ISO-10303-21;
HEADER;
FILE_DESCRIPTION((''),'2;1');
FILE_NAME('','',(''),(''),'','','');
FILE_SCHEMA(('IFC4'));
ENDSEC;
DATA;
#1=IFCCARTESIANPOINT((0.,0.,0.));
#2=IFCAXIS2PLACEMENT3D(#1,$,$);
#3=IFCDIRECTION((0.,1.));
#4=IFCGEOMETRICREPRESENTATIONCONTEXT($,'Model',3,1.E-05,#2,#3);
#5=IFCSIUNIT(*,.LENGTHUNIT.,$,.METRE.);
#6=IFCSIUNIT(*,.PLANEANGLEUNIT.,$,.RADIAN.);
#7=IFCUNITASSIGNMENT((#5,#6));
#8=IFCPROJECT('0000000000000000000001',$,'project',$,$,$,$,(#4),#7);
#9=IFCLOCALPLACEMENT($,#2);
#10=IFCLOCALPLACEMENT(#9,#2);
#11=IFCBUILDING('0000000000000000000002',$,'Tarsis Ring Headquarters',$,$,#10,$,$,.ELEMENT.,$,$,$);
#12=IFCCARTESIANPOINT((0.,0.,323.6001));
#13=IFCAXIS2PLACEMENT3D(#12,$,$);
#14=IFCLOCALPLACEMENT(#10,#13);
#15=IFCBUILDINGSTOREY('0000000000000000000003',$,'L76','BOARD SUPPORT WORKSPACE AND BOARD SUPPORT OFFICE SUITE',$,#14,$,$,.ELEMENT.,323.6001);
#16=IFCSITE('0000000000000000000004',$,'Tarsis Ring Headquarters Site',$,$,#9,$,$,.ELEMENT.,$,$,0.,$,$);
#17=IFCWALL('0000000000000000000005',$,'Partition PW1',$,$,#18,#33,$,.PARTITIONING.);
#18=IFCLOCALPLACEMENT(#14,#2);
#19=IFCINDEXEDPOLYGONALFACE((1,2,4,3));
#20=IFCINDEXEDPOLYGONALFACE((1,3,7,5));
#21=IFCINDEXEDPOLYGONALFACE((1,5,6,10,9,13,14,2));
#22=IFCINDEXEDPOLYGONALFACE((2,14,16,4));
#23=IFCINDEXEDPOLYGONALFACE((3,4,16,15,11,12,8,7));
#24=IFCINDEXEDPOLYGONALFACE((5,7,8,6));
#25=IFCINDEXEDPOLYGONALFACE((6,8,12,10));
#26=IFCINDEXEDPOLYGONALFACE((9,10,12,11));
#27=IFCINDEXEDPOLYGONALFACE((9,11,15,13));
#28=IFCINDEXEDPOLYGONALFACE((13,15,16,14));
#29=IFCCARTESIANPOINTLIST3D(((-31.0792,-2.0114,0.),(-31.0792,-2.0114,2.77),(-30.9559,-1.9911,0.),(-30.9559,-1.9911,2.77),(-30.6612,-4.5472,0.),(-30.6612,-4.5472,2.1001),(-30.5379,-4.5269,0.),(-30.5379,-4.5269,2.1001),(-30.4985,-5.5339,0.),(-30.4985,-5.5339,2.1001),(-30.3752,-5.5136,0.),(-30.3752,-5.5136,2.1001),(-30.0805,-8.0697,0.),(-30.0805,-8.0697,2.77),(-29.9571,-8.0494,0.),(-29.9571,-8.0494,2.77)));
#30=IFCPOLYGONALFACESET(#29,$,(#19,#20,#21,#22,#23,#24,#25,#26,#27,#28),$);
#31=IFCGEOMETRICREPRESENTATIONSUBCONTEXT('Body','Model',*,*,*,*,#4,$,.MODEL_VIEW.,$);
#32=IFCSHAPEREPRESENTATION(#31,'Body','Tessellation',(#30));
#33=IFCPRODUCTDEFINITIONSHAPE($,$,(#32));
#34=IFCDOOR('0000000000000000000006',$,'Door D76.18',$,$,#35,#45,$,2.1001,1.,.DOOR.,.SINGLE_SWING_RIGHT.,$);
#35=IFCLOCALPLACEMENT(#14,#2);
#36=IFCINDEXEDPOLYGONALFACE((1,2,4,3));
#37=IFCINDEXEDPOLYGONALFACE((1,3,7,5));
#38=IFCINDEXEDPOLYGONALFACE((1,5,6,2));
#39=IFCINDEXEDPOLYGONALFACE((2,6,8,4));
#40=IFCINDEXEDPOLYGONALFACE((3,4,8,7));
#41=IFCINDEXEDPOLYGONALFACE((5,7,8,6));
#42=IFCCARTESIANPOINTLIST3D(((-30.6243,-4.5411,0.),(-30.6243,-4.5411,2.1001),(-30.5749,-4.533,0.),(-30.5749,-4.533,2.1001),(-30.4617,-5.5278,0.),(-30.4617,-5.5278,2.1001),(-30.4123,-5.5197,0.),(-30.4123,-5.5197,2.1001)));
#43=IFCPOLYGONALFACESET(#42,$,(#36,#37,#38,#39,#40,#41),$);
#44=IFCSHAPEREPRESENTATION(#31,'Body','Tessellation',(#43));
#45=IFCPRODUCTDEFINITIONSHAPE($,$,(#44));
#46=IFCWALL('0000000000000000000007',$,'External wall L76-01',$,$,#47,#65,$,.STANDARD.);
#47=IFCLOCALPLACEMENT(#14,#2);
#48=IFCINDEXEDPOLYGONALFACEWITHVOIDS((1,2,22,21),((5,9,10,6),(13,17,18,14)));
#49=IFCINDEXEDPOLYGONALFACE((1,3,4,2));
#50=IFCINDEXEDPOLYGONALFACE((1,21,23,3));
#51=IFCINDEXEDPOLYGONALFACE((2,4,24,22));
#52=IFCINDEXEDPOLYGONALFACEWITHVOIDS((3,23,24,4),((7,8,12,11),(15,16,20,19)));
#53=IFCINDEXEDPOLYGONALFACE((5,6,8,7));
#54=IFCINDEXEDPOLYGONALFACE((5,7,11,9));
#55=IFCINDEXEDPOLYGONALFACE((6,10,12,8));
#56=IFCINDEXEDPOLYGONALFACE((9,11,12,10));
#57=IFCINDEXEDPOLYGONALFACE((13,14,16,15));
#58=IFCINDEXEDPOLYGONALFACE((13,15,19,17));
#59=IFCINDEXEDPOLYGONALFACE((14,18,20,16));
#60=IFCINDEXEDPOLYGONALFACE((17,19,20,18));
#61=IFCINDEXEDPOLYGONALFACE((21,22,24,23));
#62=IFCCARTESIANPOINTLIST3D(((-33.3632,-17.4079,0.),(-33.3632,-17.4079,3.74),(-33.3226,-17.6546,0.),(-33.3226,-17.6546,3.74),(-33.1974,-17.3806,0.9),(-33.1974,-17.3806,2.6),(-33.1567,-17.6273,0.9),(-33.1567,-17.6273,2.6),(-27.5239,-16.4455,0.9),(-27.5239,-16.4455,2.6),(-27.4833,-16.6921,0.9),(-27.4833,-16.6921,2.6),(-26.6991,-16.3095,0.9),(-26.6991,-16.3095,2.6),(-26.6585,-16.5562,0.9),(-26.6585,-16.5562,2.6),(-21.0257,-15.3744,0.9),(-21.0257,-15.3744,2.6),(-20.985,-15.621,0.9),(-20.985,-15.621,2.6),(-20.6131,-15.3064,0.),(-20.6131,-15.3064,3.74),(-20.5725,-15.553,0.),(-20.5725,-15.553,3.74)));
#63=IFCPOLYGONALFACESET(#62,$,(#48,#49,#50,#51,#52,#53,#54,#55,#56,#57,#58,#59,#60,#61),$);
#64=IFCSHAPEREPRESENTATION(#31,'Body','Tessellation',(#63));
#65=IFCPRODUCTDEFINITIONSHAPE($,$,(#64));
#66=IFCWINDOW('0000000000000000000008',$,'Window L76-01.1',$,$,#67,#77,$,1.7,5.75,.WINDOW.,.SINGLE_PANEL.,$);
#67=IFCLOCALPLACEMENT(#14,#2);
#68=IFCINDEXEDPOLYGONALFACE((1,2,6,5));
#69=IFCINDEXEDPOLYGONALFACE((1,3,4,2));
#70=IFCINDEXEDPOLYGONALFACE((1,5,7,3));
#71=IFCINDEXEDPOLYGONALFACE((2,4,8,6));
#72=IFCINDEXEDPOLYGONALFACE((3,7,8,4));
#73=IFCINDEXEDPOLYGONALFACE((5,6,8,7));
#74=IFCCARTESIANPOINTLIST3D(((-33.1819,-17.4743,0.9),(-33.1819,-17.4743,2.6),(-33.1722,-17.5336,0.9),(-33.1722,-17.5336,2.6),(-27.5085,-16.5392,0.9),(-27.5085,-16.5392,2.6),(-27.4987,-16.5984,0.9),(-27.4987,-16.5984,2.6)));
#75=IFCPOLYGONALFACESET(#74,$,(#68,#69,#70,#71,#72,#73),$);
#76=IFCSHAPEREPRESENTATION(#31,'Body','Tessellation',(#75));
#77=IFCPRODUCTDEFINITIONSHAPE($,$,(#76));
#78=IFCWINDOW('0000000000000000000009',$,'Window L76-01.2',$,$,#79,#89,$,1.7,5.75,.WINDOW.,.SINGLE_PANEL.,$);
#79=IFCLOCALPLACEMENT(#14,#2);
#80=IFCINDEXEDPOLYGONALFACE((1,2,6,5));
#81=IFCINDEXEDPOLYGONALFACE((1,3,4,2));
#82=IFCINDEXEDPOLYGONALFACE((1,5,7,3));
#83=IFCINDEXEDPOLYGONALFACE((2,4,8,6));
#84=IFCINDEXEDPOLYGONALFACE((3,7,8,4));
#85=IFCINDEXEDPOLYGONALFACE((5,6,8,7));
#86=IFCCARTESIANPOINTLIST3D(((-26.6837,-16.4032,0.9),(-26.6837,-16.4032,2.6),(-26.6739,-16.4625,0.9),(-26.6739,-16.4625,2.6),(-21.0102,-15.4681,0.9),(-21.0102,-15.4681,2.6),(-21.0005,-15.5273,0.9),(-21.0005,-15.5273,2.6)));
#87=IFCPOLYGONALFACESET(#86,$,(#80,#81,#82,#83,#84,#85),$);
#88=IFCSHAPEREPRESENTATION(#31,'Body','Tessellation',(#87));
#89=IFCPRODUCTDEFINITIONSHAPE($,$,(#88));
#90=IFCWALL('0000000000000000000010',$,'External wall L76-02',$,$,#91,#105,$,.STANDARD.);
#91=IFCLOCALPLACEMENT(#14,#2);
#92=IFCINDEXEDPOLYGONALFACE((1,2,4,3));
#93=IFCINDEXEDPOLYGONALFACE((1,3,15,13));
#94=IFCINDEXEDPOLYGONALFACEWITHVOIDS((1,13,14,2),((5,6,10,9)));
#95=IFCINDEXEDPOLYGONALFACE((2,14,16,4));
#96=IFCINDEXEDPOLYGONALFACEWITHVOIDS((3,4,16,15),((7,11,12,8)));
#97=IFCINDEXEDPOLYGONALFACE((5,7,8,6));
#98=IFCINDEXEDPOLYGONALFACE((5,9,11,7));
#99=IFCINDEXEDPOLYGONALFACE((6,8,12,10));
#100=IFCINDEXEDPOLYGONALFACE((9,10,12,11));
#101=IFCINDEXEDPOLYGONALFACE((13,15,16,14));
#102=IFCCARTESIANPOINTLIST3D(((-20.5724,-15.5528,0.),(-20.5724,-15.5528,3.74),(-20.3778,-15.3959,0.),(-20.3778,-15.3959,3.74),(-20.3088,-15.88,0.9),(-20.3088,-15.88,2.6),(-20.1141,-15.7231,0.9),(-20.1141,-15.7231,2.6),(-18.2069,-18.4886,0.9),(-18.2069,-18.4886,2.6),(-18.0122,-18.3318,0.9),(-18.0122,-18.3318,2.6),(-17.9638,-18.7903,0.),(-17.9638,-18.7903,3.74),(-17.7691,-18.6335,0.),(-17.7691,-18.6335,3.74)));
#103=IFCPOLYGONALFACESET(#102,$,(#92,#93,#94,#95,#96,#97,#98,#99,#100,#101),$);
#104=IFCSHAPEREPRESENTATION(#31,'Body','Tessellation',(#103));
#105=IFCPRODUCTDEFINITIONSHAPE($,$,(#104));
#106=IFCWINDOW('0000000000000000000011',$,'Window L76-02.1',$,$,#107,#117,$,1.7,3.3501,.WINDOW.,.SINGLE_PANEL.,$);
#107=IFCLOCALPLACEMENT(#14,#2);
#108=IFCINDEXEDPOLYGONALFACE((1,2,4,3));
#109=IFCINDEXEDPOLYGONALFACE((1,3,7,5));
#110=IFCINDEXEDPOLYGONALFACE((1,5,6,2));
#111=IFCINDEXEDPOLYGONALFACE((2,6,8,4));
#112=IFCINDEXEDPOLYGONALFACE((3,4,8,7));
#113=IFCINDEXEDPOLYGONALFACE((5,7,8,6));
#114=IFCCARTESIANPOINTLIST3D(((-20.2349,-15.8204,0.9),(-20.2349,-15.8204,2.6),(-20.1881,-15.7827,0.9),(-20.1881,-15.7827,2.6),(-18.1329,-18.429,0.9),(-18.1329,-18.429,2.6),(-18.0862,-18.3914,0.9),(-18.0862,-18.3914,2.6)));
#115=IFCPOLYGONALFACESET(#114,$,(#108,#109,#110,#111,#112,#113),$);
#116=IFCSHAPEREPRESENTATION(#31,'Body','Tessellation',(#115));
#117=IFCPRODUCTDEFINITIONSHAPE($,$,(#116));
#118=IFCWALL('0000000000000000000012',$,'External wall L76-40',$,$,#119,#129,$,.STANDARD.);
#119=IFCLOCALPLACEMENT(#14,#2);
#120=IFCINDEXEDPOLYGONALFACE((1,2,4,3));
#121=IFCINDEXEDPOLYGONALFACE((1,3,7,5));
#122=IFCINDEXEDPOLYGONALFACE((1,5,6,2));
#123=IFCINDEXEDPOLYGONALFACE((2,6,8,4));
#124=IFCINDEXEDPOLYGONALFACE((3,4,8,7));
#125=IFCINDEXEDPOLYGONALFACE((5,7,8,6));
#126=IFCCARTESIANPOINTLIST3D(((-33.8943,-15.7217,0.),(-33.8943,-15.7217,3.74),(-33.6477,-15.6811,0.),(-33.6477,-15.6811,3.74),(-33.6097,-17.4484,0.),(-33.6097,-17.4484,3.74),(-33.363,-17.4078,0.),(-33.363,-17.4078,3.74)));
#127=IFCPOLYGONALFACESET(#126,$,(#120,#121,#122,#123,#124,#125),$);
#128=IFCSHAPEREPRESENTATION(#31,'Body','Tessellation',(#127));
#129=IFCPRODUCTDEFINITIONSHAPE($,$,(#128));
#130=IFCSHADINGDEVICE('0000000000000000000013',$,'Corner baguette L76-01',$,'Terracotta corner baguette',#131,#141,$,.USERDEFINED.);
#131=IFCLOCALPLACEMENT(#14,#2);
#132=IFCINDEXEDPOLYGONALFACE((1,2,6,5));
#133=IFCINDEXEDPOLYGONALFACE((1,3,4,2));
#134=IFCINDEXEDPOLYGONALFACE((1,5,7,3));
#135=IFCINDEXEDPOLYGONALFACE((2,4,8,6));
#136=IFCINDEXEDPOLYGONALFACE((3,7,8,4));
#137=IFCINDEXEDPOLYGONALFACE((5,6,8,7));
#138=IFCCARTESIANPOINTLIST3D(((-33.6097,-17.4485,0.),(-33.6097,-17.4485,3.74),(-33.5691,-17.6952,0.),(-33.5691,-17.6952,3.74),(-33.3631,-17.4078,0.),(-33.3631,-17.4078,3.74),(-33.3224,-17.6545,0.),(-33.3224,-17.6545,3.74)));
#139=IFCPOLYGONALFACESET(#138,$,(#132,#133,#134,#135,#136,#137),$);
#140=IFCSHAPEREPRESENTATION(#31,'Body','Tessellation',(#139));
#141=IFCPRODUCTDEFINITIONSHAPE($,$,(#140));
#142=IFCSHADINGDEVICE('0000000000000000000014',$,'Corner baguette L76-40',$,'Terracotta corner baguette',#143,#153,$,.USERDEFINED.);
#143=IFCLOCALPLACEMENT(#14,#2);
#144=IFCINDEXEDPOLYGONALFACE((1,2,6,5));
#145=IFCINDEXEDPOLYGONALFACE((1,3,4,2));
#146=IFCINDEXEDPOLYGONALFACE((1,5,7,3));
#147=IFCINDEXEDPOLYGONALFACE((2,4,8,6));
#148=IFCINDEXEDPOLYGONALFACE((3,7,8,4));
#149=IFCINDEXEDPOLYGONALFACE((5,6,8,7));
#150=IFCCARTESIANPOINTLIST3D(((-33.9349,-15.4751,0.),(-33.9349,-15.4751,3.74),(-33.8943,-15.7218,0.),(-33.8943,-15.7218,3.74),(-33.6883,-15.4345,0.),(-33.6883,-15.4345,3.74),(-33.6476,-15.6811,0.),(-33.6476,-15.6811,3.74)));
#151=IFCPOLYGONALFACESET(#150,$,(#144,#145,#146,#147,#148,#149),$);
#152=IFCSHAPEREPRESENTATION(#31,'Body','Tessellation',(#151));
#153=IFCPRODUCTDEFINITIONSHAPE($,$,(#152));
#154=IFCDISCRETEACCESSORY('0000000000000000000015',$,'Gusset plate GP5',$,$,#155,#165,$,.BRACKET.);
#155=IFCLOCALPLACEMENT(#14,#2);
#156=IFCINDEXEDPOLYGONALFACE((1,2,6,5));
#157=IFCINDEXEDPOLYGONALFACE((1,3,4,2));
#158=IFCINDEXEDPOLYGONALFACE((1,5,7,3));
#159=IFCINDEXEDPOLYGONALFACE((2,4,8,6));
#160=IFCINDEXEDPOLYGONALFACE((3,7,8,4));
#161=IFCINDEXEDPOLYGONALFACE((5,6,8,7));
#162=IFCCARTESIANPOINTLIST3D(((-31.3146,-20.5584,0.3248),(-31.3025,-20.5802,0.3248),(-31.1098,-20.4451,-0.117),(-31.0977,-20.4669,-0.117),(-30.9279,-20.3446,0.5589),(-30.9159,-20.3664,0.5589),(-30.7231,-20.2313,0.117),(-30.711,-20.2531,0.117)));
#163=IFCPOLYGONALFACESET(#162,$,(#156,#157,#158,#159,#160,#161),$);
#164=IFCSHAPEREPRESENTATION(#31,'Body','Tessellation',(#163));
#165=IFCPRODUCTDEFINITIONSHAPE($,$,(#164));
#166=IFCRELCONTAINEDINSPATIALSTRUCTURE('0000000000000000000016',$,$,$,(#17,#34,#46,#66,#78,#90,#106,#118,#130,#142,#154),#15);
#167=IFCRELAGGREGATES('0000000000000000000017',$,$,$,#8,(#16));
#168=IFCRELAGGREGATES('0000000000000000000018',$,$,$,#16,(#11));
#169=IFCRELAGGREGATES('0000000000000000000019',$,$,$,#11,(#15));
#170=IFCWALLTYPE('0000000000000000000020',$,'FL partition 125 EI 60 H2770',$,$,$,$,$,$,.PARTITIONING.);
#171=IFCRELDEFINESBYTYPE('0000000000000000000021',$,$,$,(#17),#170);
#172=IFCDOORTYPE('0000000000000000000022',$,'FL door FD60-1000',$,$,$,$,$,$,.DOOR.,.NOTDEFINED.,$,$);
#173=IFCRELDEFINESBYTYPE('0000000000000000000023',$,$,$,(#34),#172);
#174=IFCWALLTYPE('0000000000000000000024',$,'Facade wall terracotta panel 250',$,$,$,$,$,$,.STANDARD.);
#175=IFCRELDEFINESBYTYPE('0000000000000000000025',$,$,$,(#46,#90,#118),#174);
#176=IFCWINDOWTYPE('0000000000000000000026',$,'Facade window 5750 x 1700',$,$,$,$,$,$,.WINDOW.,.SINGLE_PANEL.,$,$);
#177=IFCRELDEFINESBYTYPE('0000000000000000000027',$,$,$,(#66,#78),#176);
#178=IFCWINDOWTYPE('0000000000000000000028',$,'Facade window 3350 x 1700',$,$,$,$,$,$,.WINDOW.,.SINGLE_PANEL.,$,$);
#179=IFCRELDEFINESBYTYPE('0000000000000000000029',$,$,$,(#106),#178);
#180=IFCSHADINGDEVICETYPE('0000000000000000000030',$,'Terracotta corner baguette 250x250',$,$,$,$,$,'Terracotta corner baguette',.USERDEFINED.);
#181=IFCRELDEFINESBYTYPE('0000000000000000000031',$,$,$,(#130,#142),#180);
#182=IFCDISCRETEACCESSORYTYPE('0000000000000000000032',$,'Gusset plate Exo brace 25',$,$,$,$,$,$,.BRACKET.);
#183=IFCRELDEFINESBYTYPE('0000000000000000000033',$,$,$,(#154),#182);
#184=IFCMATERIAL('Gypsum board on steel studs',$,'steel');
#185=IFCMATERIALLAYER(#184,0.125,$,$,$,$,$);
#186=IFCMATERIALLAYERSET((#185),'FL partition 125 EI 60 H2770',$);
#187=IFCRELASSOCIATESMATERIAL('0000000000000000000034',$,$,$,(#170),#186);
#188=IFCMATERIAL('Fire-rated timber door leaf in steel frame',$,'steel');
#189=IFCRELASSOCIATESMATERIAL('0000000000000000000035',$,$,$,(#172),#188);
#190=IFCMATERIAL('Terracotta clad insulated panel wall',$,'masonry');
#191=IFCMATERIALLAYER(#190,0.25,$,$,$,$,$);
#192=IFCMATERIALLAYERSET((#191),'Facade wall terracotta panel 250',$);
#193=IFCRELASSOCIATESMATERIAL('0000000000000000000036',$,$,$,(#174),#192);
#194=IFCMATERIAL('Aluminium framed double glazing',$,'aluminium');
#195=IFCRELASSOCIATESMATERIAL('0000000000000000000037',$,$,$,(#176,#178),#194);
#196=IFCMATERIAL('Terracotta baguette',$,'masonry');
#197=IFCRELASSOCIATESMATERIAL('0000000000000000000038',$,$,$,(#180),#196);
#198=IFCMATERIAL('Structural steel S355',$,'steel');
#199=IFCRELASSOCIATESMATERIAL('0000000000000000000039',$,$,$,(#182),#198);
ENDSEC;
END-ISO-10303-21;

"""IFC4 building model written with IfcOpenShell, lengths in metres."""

from ifc_helpers import new_model, si_unit, direction, frame, frame_2d, origin, origin_2d, place, context, subcontext, project, spatial, rectangle, extrude, material, layer, layer_set, material_profile, profile_set, type_object, element, fill, save


model = new_model("IFC4")

# Units and contexts
model_context = context("Model", 3, precision=1e-05, world=origin(), true_north=direction((0.0, 1.0)))
body_context = subcontext(model_context, "Body", "Model", "MODEL_VIEW")
ifc_project = project(units=[si_unit("LENGTHUNIT", "METRE"), si_unit("PLANEANGLEUNIT", "RADIAN")], contexts=[model_context])

# Site, building, storey
site_placement = place(None, origin())
site = spatial("IfcSite", under=ifc_project, at=site_placement, Name="Tarsis Ring Headquarters Site", CompositionType="ELEMENT", RefElevation=0.0)
building_placement = place(site_placement, origin())
building = spatial("IfcBuilding", under=site, at=building_placement, Name="Tarsis Ring Headquarters", CompositionType="ELEMENT")
storey_placement = place(building_placement, frame((0.0, 0.0, 323.6001)))
storey = spatial("IfcBuildingStorey", under=building, at=storey_placement, Name="L76", Description="BOARD SUPPORT WORKSPACE AND BOARD SUPPORT OFFICE SUITE", CompositionType="ELEMENT", Elevation=323.6001)

# Shared definitions
ifc_material_1 = material(Name="Structural steel S355", Category="steel")

# Shared definitions
ifc_material_2 = material(Name="Gypsum board on steel studs", Category="steel")
ifc_layer_1 = layer(ifc_material_2, 0.125)
ifc_layer_set_1 = layer_set([ifc_layer_1], Name="FL partition 125 EI 60 H2770")
wall_type_1 = type_object("IfcWallType", Name="FL partition 125 EI 60 H2770", PredefinedType="PARTITIONING", material=ifc_layer_set_1)

# Wall, opening, door
wall_1_placement = place(storey_placement, frame((-31.0176, -2.0012, 0.0), z_axis=(0.0, 0.0, 1.0), x_axis=(0.162664, -0.986681, 0.0)))
wall_1 = element("IfcWall", 1, at=wall_1_placement, inside=storey, type_object=wall_type_1, Name="Partition PW1", PredefinedType="PARTITIONING", context=body_context, shape_type="SweptSolid", body=[
    extrude(rectangle(XDim=6.1401, YDim=0.125, at=frame_2d((3.0701, 0.0))), origin(), (0.0, 0.0, 1.0), 2.77),
])
opening_1_placement = place(wall_1_placement, frame((2.5701, 0.0, 0.0)))
opening_1 = element("IfcOpeningElement", 2, at=opening_1_placement, cuts=wall_1, PredefinedType="OPENING", context=body_context, shape_type="SweptSolid", body=[
    extrude(rectangle(XDim=1.0, YDim=2.1001, at=frame_2d((0.5, 1.05))), frame((0.0, 0.0725, 0.0), z_axis=(0.0, -1.0, 0.0), x_axis=(1.0, 0.0, 0.0)), (0.0, 0.0, 1.0), 0.145),
])
ifc_material_3 = material(Name="Fire-rated timber door leaf in steel frame", Category="steel")
door_type = type_object("IfcDoorType", Name="FL door FD60-1000", OperationType="NOTDEFINED", PredefinedType="DOOR", material=ifc_material_3)
door_placement = place(opening_1_placement, origin())
door = element("IfcDoor", 3, at=door_placement, inside=storey, type_object=door_type, Name="Door D76.18", OperationType="SINGLE_SWING_RIGHT", OverallHeight=2.1001, OverallWidth=1.0, PredefinedType="DOOR", context=body_context, shape_type="SweptSolid", body=[
    extrude(rectangle(XDim=1.0, YDim=2.1001, at=frame_2d((0.5, 1.05))), frame((0.0, 0.0249, 0.0), z_axis=(0.0, -1.0, 0.0), x_axis=(1.0, 0.0, 0.0)), (0.0, 0.0, 1.0), 0.05),
])
fill(opening_1, door)

# Wall, openings, windows
ifc_material_4 = material(Name="Terracotta clad insulated panel wall", Category="masonry")
ifc_layer_2 = layer(ifc_material_4, 0.25)
ifc_layer_set_2 = layer_set([ifc_layer_2], Name="Facade wall terracotta panel 250")
wall_type_2 = type_object("IfcWallType", Name="Facade wall terracotta panel 250", PredefinedType="STANDARD", material=ifc_layer_set_2)
wall_2_placement = place(storey_placement, frame((-33.3428, -17.5312, 0.0), z_axis=(0.0, 0.0, 1.0), x_axis=(0.986686, 0.162634, 0.0)))
wall_2 = element("IfcWall", 4, at=wall_2_placement, inside=storey, type_object=wall_type_2, Name="External wall L76-01", PredefinedType="STANDARD", context=body_context, shape_type="SweptSolid", body=[
    extrude(rectangle(XDim=12.9221, YDim=0.25, at=frame_2d((6.4609, 0.0))), origin(), (0.0, 0.0, 1.0), 3.74),
])
opening_2_placement = place(wall_2_placement, frame((0.168, 0.0, 0.8999)))
opening_2 = element("IfcOpeningElement", 5, at=opening_2_placement, cuts=wall_2, PredefinedType="OPENING", context=body_context, shape_type="SweptSolid", body=[
    extrude(rectangle(XDim=5.75, YDim=1.7, at=frame_2d((2.875, 0.8501))), frame((0.0, 0.135, 0.0), z_axis=(0.0, -1.0, 0.0), x_axis=(1.0, 0.0, 0.0)), (0.0, 0.0, 1.0), 0.27),
])
opening_3_placement = place(wall_2_placement, frame((6.7539, 0.0, 0.8999)))
opening_3 = element("IfcOpeningElement", 6, at=opening_3_placement, cuts=wall_2, PredefinedType="OPENING", context=body_context, shape_type="SweptSolid", body=[
    extrude(rectangle(XDim=5.75, YDim=1.7, at=frame_2d((2.875, 0.8501))), frame((0.0, 0.135, 0.0), z_axis=(0.0, -1.0, 0.0), x_axis=(1.0, 0.0, 0.0)), (0.0, 0.0, 1.0), 0.27),
])
ifc_material_5 = material(Name="Aluminium framed double glazing", Category="aluminium")
window_type_1 = type_object("IfcWindowType", Name="Facade window 5750 x 1700", PartitioningType="SINGLE_PANEL", PredefinedType="WINDOW", material=ifc_material_5)
window_1_placement = place(opening_2_placement, origin())
window_1 = element("IfcWindow", 7, at=window_1_placement, inside=storey, type_object=window_type_1, Name="Window L76-01.1", OverallHeight=1.7, OverallWidth=5.75, PartitioningType="SINGLE_PANEL", PredefinedType="WINDOW", context=body_context, shape_type="SweptSolid", body=[
    extrude(rectangle(XDim=5.75, YDim=1.7, at=frame_2d((2.875, 0.8501))), frame((0.0, 0.03, 0.0), z_axis=(0.0, -1.0, 0.0), x_axis=(1.0, 0.0, 0.0)), (0.0, 0.0, 1.0), 0.0601),
])
fill(opening_2, window_1)
window_2_placement = place(opening_3_placement, origin())
window_2 = element("IfcWindow", 8, at=window_2_placement, inside=storey, type_object=window_type_1, Name="Window L76-01.2", OverallHeight=1.7, OverallWidth=5.75, PartitioningType="SINGLE_PANEL", PredefinedType="WINDOW", context=body_context, shape_type="SweptSolid", body=[
    extrude(rectangle(XDim=5.75, YDim=1.7, at=frame_2d((2.875, 0.8501))), frame((0.0, 0.03, 0.0), z_axis=(0.0, -1.0, 0.0), x_axis=(1.0, 0.0, 0.0)), (0.0, 0.0, 1.0), 0.0601),
])
fill(opening_3, window_2)

# Wall, opening, window
wall_3_placement = place(storey_placement, frame((-20.4751, -15.4744, 0.0), z_axis=(0.0, 0.0, 1.0), x_axis=(0.62742, -0.778681, 0.0)))
wall_3 = element("IfcWall", 9, at=wall_3_placement, inside=storey, type_object=wall_type_2, Name="External wall L76-02", PredefinedType="STANDARD", context=body_context, shape_type="SweptSolid", body=[
    extrude(rectangle(XDim=4.1577, YDim=0.25, at=frame_2d((2.0789, 0.0))), origin(), (0.0, 0.0, 1.0), 3.74),
])
opening_4_placement = place(wall_3_placement, frame((0.4202, 0.0, 0.8999)))
opening_4 = element("IfcOpeningElement", 10, at=opening_4_placement, cuts=wall_3, PredefinedType="OPENING", context=body_context, shape_type="SweptSolid", body=[
    extrude(rectangle(XDim=3.3501, YDim=1.7, at=frame_2d((1.675, 0.8501))), frame((0.0, 0.135, 0.0), z_axis=(0.0, -1.0, 0.0), x_axis=(1.0, 0.0, 0.0)), (0.0, 0.0, 1.0), 0.27),
])
window_type_2 = type_object("IfcWindowType", Name="Facade window 3350 x 1700", PartitioningType="SINGLE_PANEL", PredefinedType="WINDOW", material=ifc_material_5)
window_3_placement = place(opening_4_placement, origin())
window_3 = element("IfcWindow", 11, at=window_3_placement, inside=storey, type_object=window_type_2, Name="Window L76-02.1", OverallHeight=1.7, OverallWidth=3.3501, PartitioningType="SINGLE_PANEL", PredefinedType="WINDOW", context=body_context, shape_type="SweptSolid", body=[
    extrude(rectangle(XDim=3.3501, YDim=1.7, at=frame_2d((1.675, 0.8501))), frame((0.0, 0.03, 0.0), z_axis=(0.0, -1.0, 0.0), x_axis=(1.0, 0.0, 0.0)), (0.0, 0.0, 1.0), 0.0601),
])
fill(opening_4, window_3)

# Wall
wall_4_placement = place(storey_placement, frame((-33.771, -15.7014, 0.0), z_axis=(0.0, 0.0, 1.0), x_axis=(0.162657, -0.986683, 0.0)))
element("IfcWall", 12, at=wall_4_placement, inside=storey, type_object=wall_type_2, Name="External wall L76-40", PredefinedType="STANDARD", context=body_context, shape_type="SweptSolid", body=[
    extrude(rectangle(XDim=1.75, YDim=0.25, at=frame_2d((0.875, 0.0))), origin(), (0.0, 0.0, 1.0), 3.74),
])

# Shading devices
ifc_material_6 = material(Name="Terracotta baguette", Category="masonry")
shading_device_type_1 = type_object("IfcShadingDeviceType", Name="Terracotta corner baguette 250x250", ElementType="Terracotta corner baguette", PredefinedType="USERDEFINED", material=ifc_material_6)
for number, where, z_axis, x_axis, name in (
    (13, (-33.4661, -17.5515, 0.0), (0.0, 0.0, 1.0), (0.162637, -0.986686, 0.0), "Corner baguette L76-01"),
    (14, (-33.7913, -15.5781, 0.0), (0.0, 0.0, 1.0), (0.986686, 0.162637, 0.0), "Corner baguette L76-40"),
):
    element("IfcShadingDevice", number, at=place(storey_placement, frame(where, z_axis=z_axis, x_axis=x_axis)), inside=storey, type_object=shading_device_type_1, Name=name, ObjectType="Terracotta corner baguette", PredefinedType="USERDEFINED", context=body_context, shape_type="SweptSolid", body=[
        extrude(rectangle(XDim=0.25, YDim=0.25, at=origin_2d()), origin(), (0.0, 0.0, 1.0), 3.74),
    ])

# Discrete accessory
ifc_material_profile_1 = material_profile(ifc_material_1, rectangle(XDim=0.0249, YDim=0.5, at=origin_2d()), Name="PL 25x500")
ifc_profile_set_1 = profile_set([ifc_material_profile_1], Name="Structural steel S355")
discrete_accessory_type = type_object("IfcDiscreteAccessoryType", Name="Gusset plate Exo brace 25", PredefinedType="BRACKET", material=ifc_profile_set_1)
discrete_accessory_placement = place(storey_placement, frame((-30.9104, -20.3491, 0.0), z_axis=(-0.409619, -0.226535, 0.883682), x_axis=(0.483959, -0.87509, 0.0)))
element("IfcDiscreteAccessory", 15, at=discrete_accessory_placement, inside=storey, type_object=discrete_accessory_type, Name="Gusset plate GP5", PredefinedType="BRACKET", context=body_context, shape_type="SweptSolid", body=[
    extrude(rectangle(XDim=0.0249, YDim=0.5, at=origin_2d()), origin(), (0.0, 0.0, 1.0), 0.5),
])

save(model, "model.ifc")
